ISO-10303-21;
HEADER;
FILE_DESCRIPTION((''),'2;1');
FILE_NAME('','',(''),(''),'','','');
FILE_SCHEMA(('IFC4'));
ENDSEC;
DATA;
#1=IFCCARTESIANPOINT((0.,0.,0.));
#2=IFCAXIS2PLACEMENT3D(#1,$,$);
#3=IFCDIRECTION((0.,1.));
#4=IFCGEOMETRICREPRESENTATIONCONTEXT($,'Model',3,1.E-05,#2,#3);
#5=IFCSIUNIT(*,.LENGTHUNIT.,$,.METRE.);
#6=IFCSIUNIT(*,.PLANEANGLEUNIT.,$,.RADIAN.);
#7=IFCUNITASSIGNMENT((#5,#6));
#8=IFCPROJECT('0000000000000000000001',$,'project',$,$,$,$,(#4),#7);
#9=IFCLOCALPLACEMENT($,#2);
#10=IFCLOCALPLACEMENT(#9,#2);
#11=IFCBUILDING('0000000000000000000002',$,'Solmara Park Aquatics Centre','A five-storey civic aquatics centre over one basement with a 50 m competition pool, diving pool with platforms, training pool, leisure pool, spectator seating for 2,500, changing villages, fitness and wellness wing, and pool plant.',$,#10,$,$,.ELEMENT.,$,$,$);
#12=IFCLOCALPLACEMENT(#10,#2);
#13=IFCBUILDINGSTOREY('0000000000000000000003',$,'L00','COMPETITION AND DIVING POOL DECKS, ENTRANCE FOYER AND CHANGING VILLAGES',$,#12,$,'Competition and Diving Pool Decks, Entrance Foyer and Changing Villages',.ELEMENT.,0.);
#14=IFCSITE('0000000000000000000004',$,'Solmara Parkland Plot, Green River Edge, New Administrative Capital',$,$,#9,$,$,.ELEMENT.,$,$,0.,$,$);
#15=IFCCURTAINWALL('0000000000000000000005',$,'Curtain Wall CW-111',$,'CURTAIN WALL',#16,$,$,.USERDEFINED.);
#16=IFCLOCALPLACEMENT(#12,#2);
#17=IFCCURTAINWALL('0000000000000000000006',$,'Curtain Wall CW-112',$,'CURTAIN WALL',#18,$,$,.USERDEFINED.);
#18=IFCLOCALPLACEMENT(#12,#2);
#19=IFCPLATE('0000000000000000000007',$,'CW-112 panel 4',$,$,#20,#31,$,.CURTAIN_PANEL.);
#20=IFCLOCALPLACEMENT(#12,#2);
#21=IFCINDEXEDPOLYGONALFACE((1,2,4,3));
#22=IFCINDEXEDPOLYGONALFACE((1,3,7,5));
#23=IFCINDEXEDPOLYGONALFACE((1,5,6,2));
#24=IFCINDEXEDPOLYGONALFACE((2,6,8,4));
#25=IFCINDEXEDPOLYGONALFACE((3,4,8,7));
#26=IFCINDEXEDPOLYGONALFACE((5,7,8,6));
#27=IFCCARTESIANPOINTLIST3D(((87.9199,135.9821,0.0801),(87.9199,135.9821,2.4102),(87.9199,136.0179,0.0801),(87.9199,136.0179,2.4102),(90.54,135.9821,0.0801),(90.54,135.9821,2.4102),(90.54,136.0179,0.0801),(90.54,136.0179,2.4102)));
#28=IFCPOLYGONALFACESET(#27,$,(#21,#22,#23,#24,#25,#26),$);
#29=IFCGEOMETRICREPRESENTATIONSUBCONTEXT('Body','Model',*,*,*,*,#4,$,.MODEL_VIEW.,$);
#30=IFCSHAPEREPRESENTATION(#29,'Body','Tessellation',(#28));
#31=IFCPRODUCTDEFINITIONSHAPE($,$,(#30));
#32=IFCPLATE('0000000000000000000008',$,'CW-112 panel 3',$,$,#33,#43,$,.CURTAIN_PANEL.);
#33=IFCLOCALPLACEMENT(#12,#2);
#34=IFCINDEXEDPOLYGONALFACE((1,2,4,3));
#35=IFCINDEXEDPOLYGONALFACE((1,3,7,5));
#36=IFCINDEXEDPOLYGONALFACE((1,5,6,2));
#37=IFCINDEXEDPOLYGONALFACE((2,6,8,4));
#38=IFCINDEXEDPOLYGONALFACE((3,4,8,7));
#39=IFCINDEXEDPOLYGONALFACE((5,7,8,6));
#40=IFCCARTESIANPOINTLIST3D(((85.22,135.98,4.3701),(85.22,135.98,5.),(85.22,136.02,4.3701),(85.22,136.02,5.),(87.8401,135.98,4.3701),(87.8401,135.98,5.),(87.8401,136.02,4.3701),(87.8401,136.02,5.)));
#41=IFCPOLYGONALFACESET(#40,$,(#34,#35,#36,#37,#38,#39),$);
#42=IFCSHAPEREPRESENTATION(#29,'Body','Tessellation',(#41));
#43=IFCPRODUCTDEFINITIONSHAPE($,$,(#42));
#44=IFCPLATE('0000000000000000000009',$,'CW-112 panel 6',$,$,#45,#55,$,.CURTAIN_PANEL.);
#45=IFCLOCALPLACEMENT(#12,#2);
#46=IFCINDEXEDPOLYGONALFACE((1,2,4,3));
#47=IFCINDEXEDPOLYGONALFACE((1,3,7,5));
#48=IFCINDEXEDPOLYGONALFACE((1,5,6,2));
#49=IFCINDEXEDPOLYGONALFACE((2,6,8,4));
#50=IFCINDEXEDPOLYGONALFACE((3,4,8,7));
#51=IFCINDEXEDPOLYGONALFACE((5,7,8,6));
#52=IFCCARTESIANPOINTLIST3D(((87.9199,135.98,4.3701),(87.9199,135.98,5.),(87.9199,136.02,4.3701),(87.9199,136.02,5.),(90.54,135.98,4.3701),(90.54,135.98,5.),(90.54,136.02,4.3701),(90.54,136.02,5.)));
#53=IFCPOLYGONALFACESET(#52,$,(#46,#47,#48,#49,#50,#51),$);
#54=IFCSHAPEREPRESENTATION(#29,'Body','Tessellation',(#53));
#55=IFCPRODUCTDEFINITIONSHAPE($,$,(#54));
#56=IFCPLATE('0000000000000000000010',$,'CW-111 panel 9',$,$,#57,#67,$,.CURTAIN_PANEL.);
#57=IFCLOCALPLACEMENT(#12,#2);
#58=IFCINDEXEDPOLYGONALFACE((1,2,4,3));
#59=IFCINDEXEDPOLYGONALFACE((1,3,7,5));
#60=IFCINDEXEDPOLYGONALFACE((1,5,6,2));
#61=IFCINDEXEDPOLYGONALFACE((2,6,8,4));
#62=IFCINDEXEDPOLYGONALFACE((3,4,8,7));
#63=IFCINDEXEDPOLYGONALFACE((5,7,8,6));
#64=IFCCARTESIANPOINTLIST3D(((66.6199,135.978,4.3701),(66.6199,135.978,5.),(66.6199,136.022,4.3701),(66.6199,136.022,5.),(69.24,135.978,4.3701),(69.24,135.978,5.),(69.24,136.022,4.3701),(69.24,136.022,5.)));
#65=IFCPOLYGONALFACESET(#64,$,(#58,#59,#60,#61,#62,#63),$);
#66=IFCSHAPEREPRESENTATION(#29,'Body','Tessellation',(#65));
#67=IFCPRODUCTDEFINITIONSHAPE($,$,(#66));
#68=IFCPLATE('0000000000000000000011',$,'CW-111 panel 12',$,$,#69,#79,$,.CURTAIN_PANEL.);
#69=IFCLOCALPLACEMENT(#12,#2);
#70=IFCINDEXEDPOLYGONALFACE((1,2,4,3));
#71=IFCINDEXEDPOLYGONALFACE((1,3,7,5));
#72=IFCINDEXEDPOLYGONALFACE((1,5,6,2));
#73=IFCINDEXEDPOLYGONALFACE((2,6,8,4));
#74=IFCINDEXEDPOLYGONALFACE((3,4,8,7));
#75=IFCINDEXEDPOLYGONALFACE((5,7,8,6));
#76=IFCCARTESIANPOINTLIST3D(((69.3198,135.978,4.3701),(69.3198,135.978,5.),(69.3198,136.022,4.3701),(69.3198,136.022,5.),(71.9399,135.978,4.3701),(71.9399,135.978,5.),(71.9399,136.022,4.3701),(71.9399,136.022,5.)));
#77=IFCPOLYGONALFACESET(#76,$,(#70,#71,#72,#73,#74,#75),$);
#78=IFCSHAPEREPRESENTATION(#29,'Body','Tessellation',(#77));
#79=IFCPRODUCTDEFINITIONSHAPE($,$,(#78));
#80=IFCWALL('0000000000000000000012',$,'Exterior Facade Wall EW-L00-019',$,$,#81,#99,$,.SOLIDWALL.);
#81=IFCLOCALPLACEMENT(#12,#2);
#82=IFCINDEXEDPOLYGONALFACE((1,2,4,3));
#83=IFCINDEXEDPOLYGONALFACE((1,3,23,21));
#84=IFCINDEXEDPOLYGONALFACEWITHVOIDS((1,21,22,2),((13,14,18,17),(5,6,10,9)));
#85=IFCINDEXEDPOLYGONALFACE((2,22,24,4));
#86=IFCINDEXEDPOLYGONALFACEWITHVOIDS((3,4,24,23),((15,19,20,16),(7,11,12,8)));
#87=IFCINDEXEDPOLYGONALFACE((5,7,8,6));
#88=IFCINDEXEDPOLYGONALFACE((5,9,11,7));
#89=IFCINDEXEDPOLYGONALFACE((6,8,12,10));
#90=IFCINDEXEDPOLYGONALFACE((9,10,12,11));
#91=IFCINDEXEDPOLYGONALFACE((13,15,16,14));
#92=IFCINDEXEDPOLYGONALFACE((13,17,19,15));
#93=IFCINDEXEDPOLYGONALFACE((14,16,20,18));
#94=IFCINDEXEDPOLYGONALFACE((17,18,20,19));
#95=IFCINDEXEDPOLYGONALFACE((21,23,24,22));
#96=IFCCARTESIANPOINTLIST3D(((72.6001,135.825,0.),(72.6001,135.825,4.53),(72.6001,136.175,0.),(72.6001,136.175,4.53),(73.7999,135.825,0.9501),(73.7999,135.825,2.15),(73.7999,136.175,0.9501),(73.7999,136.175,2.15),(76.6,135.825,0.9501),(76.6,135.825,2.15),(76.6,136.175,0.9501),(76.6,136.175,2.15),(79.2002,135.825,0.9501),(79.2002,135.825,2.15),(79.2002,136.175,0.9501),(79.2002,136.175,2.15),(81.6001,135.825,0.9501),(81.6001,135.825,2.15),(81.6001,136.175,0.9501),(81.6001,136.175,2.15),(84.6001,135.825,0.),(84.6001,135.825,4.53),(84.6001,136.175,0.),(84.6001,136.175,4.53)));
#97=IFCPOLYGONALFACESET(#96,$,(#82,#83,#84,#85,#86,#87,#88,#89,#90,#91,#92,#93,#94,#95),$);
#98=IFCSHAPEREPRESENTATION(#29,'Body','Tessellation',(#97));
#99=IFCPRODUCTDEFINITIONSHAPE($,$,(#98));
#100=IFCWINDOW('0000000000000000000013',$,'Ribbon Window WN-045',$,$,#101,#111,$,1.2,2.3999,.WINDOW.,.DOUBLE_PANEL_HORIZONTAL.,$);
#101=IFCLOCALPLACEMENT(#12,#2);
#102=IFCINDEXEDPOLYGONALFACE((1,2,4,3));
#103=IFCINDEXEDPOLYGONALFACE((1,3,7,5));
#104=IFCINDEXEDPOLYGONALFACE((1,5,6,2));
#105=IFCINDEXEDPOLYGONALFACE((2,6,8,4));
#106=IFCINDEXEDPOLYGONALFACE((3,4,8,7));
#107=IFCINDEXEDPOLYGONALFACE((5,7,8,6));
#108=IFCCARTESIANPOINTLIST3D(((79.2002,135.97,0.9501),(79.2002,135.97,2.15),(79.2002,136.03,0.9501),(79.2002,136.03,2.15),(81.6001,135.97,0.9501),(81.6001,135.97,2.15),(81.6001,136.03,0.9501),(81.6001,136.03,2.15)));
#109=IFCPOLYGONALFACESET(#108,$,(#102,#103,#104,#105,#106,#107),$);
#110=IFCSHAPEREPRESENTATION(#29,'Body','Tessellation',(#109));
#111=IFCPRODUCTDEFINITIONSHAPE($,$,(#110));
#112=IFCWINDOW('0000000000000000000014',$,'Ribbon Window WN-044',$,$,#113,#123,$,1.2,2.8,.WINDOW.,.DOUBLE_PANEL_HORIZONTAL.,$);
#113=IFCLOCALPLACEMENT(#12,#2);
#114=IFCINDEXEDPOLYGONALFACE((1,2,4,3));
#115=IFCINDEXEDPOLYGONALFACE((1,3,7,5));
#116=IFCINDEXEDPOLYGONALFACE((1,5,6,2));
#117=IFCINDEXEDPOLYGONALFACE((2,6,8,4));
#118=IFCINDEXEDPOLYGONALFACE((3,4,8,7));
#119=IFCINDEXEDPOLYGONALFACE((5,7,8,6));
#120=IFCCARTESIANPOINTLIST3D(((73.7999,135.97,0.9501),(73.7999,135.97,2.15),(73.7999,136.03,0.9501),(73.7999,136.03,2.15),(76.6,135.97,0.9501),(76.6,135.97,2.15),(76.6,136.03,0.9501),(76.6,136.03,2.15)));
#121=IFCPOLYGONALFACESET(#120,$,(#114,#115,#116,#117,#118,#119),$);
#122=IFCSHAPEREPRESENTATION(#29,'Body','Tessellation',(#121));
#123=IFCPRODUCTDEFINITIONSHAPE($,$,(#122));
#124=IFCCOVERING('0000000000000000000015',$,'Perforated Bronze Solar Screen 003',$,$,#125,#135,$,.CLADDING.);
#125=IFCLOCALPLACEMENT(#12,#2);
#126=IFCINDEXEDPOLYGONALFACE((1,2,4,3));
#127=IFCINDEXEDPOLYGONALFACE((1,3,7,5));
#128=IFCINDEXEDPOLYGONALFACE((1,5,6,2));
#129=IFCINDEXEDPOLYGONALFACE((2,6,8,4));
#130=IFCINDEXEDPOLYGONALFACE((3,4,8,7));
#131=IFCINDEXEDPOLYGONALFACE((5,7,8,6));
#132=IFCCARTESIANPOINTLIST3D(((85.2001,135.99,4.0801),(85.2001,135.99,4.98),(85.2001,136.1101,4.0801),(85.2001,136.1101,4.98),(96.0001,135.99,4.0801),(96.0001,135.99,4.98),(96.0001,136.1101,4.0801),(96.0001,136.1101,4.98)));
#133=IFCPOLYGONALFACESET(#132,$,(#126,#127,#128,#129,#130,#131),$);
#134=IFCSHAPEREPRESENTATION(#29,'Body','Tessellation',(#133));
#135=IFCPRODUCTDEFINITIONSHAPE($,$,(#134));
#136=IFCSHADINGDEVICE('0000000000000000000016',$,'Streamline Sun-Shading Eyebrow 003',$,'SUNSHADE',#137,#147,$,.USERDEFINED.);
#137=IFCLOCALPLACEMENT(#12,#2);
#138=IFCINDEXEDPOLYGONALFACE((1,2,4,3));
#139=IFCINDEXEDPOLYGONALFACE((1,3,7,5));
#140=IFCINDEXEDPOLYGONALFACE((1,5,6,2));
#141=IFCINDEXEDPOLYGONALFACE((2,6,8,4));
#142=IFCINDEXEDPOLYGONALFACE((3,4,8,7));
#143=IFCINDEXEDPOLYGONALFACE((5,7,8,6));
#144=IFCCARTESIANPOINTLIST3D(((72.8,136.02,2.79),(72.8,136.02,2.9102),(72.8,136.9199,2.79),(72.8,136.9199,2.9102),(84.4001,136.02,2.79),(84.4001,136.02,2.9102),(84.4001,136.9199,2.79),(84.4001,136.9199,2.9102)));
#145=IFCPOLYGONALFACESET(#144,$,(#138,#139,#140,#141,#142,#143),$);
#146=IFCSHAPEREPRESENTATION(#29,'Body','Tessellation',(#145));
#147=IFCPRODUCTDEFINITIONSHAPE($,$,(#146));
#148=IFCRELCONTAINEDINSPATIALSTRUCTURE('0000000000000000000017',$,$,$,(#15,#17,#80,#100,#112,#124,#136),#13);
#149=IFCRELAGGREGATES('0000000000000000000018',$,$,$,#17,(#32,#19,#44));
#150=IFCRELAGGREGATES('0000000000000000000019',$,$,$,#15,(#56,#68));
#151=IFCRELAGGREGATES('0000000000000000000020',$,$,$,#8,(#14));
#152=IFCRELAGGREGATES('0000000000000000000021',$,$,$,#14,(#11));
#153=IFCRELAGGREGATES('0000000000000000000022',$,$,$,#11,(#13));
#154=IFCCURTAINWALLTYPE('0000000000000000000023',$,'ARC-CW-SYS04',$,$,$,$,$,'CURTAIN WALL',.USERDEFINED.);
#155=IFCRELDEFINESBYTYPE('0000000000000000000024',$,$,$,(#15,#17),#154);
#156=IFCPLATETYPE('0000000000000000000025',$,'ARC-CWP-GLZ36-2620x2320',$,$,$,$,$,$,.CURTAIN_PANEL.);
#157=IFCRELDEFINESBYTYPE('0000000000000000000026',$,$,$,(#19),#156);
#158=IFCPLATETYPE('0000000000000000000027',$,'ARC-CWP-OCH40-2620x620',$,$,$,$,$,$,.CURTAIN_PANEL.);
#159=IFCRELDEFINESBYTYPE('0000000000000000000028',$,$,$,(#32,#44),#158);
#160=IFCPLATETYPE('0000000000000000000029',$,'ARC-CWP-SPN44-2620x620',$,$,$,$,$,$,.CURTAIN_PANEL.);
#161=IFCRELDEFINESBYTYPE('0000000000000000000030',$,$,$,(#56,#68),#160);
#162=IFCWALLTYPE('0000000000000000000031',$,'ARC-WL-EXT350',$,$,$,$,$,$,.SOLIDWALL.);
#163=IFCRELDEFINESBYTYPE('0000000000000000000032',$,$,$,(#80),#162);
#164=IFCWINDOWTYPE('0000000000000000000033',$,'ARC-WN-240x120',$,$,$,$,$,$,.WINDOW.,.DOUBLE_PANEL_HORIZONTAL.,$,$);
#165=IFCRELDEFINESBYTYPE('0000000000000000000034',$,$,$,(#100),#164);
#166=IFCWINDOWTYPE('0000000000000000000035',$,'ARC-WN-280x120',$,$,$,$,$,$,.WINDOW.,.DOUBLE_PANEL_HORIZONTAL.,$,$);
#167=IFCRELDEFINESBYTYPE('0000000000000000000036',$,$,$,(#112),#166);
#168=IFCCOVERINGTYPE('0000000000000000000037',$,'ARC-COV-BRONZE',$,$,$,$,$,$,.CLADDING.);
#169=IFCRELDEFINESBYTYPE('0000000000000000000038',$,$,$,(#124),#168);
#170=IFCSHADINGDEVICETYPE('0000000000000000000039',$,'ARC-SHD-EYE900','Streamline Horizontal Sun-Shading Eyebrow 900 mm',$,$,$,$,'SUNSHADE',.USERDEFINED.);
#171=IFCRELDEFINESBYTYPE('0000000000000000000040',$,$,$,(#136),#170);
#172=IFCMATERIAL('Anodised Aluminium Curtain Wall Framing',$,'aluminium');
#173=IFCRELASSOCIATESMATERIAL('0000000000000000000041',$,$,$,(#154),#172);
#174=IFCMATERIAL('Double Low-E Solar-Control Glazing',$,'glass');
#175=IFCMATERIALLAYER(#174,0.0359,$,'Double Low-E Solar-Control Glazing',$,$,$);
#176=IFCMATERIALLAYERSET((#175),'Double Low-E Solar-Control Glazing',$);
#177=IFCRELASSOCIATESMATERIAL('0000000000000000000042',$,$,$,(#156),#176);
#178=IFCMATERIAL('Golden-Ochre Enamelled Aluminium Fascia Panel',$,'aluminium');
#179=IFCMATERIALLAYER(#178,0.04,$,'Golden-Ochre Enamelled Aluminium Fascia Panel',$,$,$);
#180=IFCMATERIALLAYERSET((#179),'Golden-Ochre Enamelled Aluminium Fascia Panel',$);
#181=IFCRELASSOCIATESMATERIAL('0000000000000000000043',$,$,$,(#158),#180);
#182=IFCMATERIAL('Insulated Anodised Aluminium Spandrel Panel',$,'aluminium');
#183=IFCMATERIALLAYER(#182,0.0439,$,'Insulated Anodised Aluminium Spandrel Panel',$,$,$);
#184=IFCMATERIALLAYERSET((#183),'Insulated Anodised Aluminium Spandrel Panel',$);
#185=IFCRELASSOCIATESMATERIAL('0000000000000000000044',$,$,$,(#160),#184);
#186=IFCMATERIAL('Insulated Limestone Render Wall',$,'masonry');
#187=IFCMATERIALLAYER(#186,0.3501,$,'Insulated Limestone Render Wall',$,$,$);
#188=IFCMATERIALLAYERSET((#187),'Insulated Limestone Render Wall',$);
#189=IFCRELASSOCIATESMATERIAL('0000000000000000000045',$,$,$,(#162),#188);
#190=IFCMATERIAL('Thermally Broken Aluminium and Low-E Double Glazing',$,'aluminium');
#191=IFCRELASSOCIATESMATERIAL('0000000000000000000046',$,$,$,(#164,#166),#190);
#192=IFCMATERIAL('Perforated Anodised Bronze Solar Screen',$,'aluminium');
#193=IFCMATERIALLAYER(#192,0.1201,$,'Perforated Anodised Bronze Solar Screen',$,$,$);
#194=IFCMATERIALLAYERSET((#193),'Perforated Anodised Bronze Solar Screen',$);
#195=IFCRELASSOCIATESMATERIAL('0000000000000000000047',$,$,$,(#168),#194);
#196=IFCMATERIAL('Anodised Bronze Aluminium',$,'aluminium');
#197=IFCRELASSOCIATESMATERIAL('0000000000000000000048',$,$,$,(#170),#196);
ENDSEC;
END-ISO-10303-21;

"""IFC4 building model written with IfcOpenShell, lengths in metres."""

from ifc_helpers import new_model, si_unit, direction, frame, frame_2d, origin, origin_2d, place, context, subcontext, project, spatial, rectangle, extrude, material, layer, layer_set, type_object, element, fill, aggregate, save


model = new_model("IFC4")

# Units and contexts
model_context = context("Model", 3, precision=1e-05, world=origin(), true_north=direction((0.0, 1.0)))
body_context = subcontext(model_context, "Body", "Model", "MODEL_VIEW")
ifc_project = project(units=[si_unit("LENGTHUNIT", "METRE"), si_unit("PLANEANGLEUNIT", "RADIAN")], contexts=[model_context])

# Site, building, storey
site_placement = place(None, origin())
site = spatial("IfcSite", under=ifc_project, at=site_placement, Name="Solmara Parkland Plot, Green River Edge, New Administrative Capital", CompositionType="ELEMENT", RefElevation=0.0)
building_placement = place(site_placement, origin())
building = spatial("IfcBuilding", under=site, at=building_placement, Name="Solmara Park Aquatics Centre", Description="A five-storey civic aquatics centre over one basement with a 50 m competition pool, diving pool with platforms, training pool, leisure pool, spectator seating for 2,500, changing villages, fitness and wellness wing, and pool plant.", CompositionType="ELEMENT")
storey_placement = place(building_placement, origin())
storey = spatial("IfcBuildingStorey", under=building, at=storey_placement, Name="L00", Description="COMPETITION AND DIVING POOL DECKS, ENTRANCE FOYER AND CHANGING VILLAGES", LongName="Competition and Diving Pool Decks, Entrance Foyer and Changing Villages", CompositionType="ELEMENT", Elevation=0.0)

# Curtain walls
ifc_material_1 = material(Name="Anodised Aluminium Curtain Wall Framing", Category="aluminium")
curtain_wall_type = type_object("IfcCurtainWallType", Name="ARC-CW-SYS04", ElementType="CURTAIN WALL", PredefinedType="USERDEFINED", material=ifc_material_1)
curtain_wall_1_placement = place(storey_placement, origin())
curtain_wall_1 = element("IfcCurtainWall", 1, at=curtain_wall_1_placement, inside=storey, type_object=curtain_wall_type, Name="Curtain Wall CW-111", ObjectType="CURTAIN WALL", PredefinedType="USERDEFINED")
curtain_wall_2_placement = place(storey_placement, origin())
curtain_wall_2 = element("IfcCurtainWall", 2, at=curtain_wall_2_placement, inside=storey, type_object=curtain_wall_type, Name="Curtain Wall CW-112", ObjectType="CURTAIN WALL", PredefinedType="USERDEFINED")

# Plates
ifc_material_2 = material(Name="Double Low-E Solar-Control Glazing", Category="glass")
ifc_layer_1 = layer(ifc_material_2, 0.0359, Name="Double Low-E Solar-Control Glazing")
ifc_layer_set_1 = layer_set([ifc_layer_1], Name="Double Low-E Solar-Control Glazing")
plate_type_1 = type_object("IfcPlateType", Name="ARC-CWP-GLZ36-2620x2320", PredefinedType="CURTAIN_PANEL", material=ifc_layer_set_1)
plate_1_placement = place(storey_placement, frame((89.23, 136.0, 0.0801), z_axis=(0.0, 0.0, 1.0), x_axis=(1.0, 0.0, 0.0)))
plate_1 = element("IfcPlate", 3, at=plate_1_placement, type_object=plate_type_1, Name="CW-112 panel 4", PredefinedType="CURTAIN_PANEL", context=body_context, shape_type="SweptSolid", body=[
    extrude(rectangle(XDim=2.6201, YDim=0.0359, at=origin_2d()), origin(), (0.0, 0.0, 1.0), 2.3301),
])
ifc_material_3 = material(Name="Golden-Ochre Enamelled Aluminium Fascia Panel", Category="aluminium")
ifc_layer_2 = layer(ifc_material_3, 0.04, Name="Golden-Ochre Enamelled Aluminium Fascia Panel")
ifc_layer_set_2 = layer_set([ifc_layer_2], Name="Golden-Ochre Enamelled Aluminium Fascia Panel")
plate_type_2 = type_object("IfcPlateType", Name="ARC-CWP-OCH40-2620x620", PredefinedType="CURTAIN_PANEL", material=ifc_layer_set_2)
plate_2_placement = place(storey_placement, frame((86.53, 136.0, 4.3701), z_axis=(0.0, 0.0, 1.0), x_axis=(1.0, 0.0, 0.0)))
plate_2 = element("IfcPlate", 4, at=plate_2_placement, type_object=plate_type_2, Name="CW-112 panel 3", PredefinedType="CURTAIN_PANEL", context=body_context, shape_type="SweptSolid", body=[
    extrude(rectangle(XDim=2.6201, YDim=0.04, at=origin_2d()), origin(), (0.0, 0.0, 1.0), 0.6299),
])
plate_3_placement = place(storey_placement, frame((89.23, 136.0, 4.3701), z_axis=(0.0, 0.0, 1.0), x_axis=(1.0, 0.0, 0.0)))
plate_3 = element("IfcPlate", 5, at=plate_3_placement, type_object=plate_type_2, Name="CW-112 panel 6", PredefinedType="CURTAIN_PANEL", context=body_context, shape_type="SweptSolid", body=[
    extrude(rectangle(XDim=2.6201, YDim=0.04, at=origin_2d()), origin(), (0.0, 0.0, 1.0), 0.6299),
])
aggregate(curtain_wall_2, [plate_2, plate_1, plate_3])
ifc_material_4 = material(Name="Insulated Anodised Aluminium Spandrel Panel", Category="aluminium")
ifc_layer_3 = layer(ifc_material_4, 0.0439, Name="Insulated Anodised Aluminium Spandrel Panel")
ifc_layer_set_3 = layer_set([ifc_layer_3], Name="Insulated Anodised Aluminium Spandrel Panel")
plate_type_3 = type_object("IfcPlateType", Name="ARC-CWP-SPN44-2620x620", PredefinedType="CURTAIN_PANEL", material=ifc_layer_set_3)
plate_4_placement = place(storey_placement, frame((67.9299, 136.0, 4.3701), z_axis=(0.0, 0.0, 1.0), x_axis=(1.0, 0.0, 0.0)))
plate_4 = element("IfcPlate", 6, at=plate_4_placement, type_object=plate_type_3, Name="CW-111 panel 9", PredefinedType="CURTAIN_PANEL", context=body_context, shape_type="SweptSolid", body=[
    extrude(rectangle(XDim=2.6201, YDim=0.0439, at=origin_2d()), origin(), (0.0, 0.0, 1.0), 0.6299),
])
plate_5_placement = place(storey_placement, frame((70.6299, 136.0, 4.3701), z_axis=(0.0, 0.0, 1.0), x_axis=(1.0, 0.0, 0.0)))
plate_5 = element("IfcPlate", 7, at=plate_5_placement, type_object=plate_type_3, Name="CW-111 panel 12", PredefinedType="CURTAIN_PANEL", context=body_context, shape_type="SweptSolid", body=[
    extrude(rectangle(XDim=2.6201, YDim=0.0439, at=origin_2d()), origin(), (0.0, 0.0, 1.0), 0.6299),
])
aggregate(curtain_wall_1, [plate_4, plate_5])

# Wall, openings, windows
ifc_material_5 = material(Name="Insulated Limestone Render Wall", Category="masonry")
ifc_layer_4 = layer(ifc_material_5, 0.3501, Name="Insulated Limestone Render Wall")
ifc_layer_set_4 = layer_set([ifc_layer_4], Name="Insulated Limestone Render Wall")
wall_type = type_object("IfcWallType", Name="ARC-WL-EXT350", PredefinedType="SOLIDWALL", material=ifc_layer_set_4)
wall_placement = place(storey_placement, frame((72.6001, 136.0, 0.0), z_axis=(0.0, 0.0, 1.0), x_axis=(1.0, 0.0, 0.0)))
wall = element("IfcWall", 8, at=wall_placement, inside=storey, type_object=wall_type, Name="Exterior Facade Wall EW-L00-019", PredefinedType="SOLIDWALL", context=body_context, shape_type="SweptSolid", body=[
    extrude(rectangle(XDim=12.0, YDim=0.3501, at=frame_2d((6.0, 0.0))), origin(), (0.0, 0.0, 1.0), 4.53),
])
opening_1_placement = place(wall_placement, frame((1.2, 0.0, 0.95)))
opening_1 = element("IfcOpeningElement", 9, at=opening_1_placement, cuts=wall, PredefinedType="OPENING", context=body_context, shape_type="SweptSolid", body=[
    extrude(rectangle(XDim=2.8, YDim=1.2, at=frame_2d((1.3999, 0.6001))), frame((0.0, 0.1851, 0.0), z_axis=(0.0, -1.0, 0.0), x_axis=(1.0, 0.0, 0.0)), (0.0, 0.0, 1.0), 0.3701),
])
opening_2_placement = place(wall_placement, frame((6.6001, 0.0, 0.95)))
opening_2 = element("IfcOpeningElement", 10, at=opening_2_placement, cuts=wall, PredefinedType="OPENING", context=body_context, shape_type="SweptSolid", body=[
    extrude(rectangle(XDim=2.3999, YDim=1.2, at=frame_2d((1.2, 0.6001))), frame((0.0, 0.1851, 0.0), z_axis=(0.0, -1.0, 0.0), x_axis=(1.0, 0.0, 0.0)), (0.0, 0.0, 1.0), 0.3701),
])
ifc_material_6 = material(Name="Thermally Broken Aluminium and Low-E Double Glazing", Category="aluminium")
window_type_1 = type_object("IfcWindowType", Name="ARC-WN-240x120", PartitioningType="DOUBLE_PANEL_HORIZONTAL", PredefinedType="WINDOW", material=ifc_material_6)
window_1_placement = place(opening_2_placement, origin())
window_1 = element("IfcWindow", 11, at=window_1_placement, inside=storey, type_object=window_type_1, Name="Ribbon Window WN-045", OverallHeight=1.2, OverallWidth=2.3999, PartitioningType="DOUBLE_PANEL_HORIZONTAL", PredefinedType="WINDOW", context=body_context, shape_type="SweptSolid", body=[
    extrude(rectangle(XDim=2.3999, YDim=1.2, at=frame_2d((1.2, 0.6001))), frame((0.0, 0.03, 0.0), z_axis=(0.0, -1.0, 0.0), x_axis=(1.0, 0.0, 0.0)), (0.0, 0.0, 1.0), 0.0601),
])
fill(opening_2, window_1)
window_type_2 = type_object("IfcWindowType", Name="ARC-WN-280x120", PartitioningType="DOUBLE_PANEL_HORIZONTAL", PredefinedType="WINDOW", material=ifc_material_6)
window_2_placement = place(opening_1_placement, origin())
window_2 = element("IfcWindow", 12, at=window_2_placement, inside=storey, type_object=window_type_2, Name="Ribbon Window WN-044", OverallHeight=1.2, OverallWidth=2.8, PartitioningType="DOUBLE_PANEL_HORIZONTAL", PredefinedType="WINDOW", context=body_context, shape_type="SweptSolid", body=[
    extrude(rectangle(XDim=2.8, YDim=1.2, at=frame_2d((1.3999, 0.6001))), frame((0.0, 0.03, 0.0), z_axis=(0.0, -1.0, 0.0), x_axis=(1.0, 0.0, 0.0)), (0.0, 0.0, 1.0), 0.0601),
])
fill(opening_1, window_2)

# Covering
ifc_material_7 = material(Name="Perforated Anodised Bronze Solar Screen", Category="aluminium")
ifc_layer_5 = layer(ifc_material_7, 0.1201, Name="Perforated Anodised Bronze Solar Screen")
ifc_layer_set_5 = layer_set([ifc_layer_5], Name="Perforated Anodised Bronze Solar Screen")
covering_type = type_object("IfcCoveringType", Name="ARC-COV-BRONZE", PredefinedType="CLADDING", material=ifc_layer_set_5)
covering_placement = place(storey_placement, frame((90.6001, 136.05, 4.0801), z_axis=(0.0, 0.0, 1.0), x_axis=(1.0, 0.0, 0.0)))
element("IfcCovering", 13, at=covering_placement, inside=storey, type_object=covering_type, Name="Perforated Bronze Solar Screen 003", PredefinedType="CLADDING", context=body_context, shape_type="SweptSolid", body=[
    extrude(rectangle(XDim=10.8, YDim=0.1201, at=origin_2d()), origin(), (0.0, 0.0, 1.0), 0.8999),
])

# Shading device
ifc_material_8 = material(Name="Anodised Bronze Aluminium", Category="aluminium")
shading_device_type = type_object("IfcShadingDeviceType", Name="ARC-SHD-EYE900", Description="Streamline Horizontal Sun-Shading Eyebrow 900 mm", ElementType="SUNSHADE", PredefinedType="USERDEFINED", material=ifc_material_8)
shading_device_placement = place(storey_placement, frame((78.6001, 136.47, 2.79), z_axis=(0.0, 0.0, 1.0), x_axis=(1.0, 0.0, 0.0)))
element("IfcShadingDevice", 14, at=shading_device_placement, inside=storey, type_object=shading_device_type, Name="Streamline Sun-Shading Eyebrow 003", ObjectType="SUNSHADE", PredefinedType="USERDEFINED", context=body_context, shape_type="SweptSolid", body=[
    extrude(rectangle(XDim=11.6001, YDim=0.8999, at=origin_2d()), origin(), (0.0, 0.0, 1.0), 0.1201),
])

save(model, "model.ifc")
